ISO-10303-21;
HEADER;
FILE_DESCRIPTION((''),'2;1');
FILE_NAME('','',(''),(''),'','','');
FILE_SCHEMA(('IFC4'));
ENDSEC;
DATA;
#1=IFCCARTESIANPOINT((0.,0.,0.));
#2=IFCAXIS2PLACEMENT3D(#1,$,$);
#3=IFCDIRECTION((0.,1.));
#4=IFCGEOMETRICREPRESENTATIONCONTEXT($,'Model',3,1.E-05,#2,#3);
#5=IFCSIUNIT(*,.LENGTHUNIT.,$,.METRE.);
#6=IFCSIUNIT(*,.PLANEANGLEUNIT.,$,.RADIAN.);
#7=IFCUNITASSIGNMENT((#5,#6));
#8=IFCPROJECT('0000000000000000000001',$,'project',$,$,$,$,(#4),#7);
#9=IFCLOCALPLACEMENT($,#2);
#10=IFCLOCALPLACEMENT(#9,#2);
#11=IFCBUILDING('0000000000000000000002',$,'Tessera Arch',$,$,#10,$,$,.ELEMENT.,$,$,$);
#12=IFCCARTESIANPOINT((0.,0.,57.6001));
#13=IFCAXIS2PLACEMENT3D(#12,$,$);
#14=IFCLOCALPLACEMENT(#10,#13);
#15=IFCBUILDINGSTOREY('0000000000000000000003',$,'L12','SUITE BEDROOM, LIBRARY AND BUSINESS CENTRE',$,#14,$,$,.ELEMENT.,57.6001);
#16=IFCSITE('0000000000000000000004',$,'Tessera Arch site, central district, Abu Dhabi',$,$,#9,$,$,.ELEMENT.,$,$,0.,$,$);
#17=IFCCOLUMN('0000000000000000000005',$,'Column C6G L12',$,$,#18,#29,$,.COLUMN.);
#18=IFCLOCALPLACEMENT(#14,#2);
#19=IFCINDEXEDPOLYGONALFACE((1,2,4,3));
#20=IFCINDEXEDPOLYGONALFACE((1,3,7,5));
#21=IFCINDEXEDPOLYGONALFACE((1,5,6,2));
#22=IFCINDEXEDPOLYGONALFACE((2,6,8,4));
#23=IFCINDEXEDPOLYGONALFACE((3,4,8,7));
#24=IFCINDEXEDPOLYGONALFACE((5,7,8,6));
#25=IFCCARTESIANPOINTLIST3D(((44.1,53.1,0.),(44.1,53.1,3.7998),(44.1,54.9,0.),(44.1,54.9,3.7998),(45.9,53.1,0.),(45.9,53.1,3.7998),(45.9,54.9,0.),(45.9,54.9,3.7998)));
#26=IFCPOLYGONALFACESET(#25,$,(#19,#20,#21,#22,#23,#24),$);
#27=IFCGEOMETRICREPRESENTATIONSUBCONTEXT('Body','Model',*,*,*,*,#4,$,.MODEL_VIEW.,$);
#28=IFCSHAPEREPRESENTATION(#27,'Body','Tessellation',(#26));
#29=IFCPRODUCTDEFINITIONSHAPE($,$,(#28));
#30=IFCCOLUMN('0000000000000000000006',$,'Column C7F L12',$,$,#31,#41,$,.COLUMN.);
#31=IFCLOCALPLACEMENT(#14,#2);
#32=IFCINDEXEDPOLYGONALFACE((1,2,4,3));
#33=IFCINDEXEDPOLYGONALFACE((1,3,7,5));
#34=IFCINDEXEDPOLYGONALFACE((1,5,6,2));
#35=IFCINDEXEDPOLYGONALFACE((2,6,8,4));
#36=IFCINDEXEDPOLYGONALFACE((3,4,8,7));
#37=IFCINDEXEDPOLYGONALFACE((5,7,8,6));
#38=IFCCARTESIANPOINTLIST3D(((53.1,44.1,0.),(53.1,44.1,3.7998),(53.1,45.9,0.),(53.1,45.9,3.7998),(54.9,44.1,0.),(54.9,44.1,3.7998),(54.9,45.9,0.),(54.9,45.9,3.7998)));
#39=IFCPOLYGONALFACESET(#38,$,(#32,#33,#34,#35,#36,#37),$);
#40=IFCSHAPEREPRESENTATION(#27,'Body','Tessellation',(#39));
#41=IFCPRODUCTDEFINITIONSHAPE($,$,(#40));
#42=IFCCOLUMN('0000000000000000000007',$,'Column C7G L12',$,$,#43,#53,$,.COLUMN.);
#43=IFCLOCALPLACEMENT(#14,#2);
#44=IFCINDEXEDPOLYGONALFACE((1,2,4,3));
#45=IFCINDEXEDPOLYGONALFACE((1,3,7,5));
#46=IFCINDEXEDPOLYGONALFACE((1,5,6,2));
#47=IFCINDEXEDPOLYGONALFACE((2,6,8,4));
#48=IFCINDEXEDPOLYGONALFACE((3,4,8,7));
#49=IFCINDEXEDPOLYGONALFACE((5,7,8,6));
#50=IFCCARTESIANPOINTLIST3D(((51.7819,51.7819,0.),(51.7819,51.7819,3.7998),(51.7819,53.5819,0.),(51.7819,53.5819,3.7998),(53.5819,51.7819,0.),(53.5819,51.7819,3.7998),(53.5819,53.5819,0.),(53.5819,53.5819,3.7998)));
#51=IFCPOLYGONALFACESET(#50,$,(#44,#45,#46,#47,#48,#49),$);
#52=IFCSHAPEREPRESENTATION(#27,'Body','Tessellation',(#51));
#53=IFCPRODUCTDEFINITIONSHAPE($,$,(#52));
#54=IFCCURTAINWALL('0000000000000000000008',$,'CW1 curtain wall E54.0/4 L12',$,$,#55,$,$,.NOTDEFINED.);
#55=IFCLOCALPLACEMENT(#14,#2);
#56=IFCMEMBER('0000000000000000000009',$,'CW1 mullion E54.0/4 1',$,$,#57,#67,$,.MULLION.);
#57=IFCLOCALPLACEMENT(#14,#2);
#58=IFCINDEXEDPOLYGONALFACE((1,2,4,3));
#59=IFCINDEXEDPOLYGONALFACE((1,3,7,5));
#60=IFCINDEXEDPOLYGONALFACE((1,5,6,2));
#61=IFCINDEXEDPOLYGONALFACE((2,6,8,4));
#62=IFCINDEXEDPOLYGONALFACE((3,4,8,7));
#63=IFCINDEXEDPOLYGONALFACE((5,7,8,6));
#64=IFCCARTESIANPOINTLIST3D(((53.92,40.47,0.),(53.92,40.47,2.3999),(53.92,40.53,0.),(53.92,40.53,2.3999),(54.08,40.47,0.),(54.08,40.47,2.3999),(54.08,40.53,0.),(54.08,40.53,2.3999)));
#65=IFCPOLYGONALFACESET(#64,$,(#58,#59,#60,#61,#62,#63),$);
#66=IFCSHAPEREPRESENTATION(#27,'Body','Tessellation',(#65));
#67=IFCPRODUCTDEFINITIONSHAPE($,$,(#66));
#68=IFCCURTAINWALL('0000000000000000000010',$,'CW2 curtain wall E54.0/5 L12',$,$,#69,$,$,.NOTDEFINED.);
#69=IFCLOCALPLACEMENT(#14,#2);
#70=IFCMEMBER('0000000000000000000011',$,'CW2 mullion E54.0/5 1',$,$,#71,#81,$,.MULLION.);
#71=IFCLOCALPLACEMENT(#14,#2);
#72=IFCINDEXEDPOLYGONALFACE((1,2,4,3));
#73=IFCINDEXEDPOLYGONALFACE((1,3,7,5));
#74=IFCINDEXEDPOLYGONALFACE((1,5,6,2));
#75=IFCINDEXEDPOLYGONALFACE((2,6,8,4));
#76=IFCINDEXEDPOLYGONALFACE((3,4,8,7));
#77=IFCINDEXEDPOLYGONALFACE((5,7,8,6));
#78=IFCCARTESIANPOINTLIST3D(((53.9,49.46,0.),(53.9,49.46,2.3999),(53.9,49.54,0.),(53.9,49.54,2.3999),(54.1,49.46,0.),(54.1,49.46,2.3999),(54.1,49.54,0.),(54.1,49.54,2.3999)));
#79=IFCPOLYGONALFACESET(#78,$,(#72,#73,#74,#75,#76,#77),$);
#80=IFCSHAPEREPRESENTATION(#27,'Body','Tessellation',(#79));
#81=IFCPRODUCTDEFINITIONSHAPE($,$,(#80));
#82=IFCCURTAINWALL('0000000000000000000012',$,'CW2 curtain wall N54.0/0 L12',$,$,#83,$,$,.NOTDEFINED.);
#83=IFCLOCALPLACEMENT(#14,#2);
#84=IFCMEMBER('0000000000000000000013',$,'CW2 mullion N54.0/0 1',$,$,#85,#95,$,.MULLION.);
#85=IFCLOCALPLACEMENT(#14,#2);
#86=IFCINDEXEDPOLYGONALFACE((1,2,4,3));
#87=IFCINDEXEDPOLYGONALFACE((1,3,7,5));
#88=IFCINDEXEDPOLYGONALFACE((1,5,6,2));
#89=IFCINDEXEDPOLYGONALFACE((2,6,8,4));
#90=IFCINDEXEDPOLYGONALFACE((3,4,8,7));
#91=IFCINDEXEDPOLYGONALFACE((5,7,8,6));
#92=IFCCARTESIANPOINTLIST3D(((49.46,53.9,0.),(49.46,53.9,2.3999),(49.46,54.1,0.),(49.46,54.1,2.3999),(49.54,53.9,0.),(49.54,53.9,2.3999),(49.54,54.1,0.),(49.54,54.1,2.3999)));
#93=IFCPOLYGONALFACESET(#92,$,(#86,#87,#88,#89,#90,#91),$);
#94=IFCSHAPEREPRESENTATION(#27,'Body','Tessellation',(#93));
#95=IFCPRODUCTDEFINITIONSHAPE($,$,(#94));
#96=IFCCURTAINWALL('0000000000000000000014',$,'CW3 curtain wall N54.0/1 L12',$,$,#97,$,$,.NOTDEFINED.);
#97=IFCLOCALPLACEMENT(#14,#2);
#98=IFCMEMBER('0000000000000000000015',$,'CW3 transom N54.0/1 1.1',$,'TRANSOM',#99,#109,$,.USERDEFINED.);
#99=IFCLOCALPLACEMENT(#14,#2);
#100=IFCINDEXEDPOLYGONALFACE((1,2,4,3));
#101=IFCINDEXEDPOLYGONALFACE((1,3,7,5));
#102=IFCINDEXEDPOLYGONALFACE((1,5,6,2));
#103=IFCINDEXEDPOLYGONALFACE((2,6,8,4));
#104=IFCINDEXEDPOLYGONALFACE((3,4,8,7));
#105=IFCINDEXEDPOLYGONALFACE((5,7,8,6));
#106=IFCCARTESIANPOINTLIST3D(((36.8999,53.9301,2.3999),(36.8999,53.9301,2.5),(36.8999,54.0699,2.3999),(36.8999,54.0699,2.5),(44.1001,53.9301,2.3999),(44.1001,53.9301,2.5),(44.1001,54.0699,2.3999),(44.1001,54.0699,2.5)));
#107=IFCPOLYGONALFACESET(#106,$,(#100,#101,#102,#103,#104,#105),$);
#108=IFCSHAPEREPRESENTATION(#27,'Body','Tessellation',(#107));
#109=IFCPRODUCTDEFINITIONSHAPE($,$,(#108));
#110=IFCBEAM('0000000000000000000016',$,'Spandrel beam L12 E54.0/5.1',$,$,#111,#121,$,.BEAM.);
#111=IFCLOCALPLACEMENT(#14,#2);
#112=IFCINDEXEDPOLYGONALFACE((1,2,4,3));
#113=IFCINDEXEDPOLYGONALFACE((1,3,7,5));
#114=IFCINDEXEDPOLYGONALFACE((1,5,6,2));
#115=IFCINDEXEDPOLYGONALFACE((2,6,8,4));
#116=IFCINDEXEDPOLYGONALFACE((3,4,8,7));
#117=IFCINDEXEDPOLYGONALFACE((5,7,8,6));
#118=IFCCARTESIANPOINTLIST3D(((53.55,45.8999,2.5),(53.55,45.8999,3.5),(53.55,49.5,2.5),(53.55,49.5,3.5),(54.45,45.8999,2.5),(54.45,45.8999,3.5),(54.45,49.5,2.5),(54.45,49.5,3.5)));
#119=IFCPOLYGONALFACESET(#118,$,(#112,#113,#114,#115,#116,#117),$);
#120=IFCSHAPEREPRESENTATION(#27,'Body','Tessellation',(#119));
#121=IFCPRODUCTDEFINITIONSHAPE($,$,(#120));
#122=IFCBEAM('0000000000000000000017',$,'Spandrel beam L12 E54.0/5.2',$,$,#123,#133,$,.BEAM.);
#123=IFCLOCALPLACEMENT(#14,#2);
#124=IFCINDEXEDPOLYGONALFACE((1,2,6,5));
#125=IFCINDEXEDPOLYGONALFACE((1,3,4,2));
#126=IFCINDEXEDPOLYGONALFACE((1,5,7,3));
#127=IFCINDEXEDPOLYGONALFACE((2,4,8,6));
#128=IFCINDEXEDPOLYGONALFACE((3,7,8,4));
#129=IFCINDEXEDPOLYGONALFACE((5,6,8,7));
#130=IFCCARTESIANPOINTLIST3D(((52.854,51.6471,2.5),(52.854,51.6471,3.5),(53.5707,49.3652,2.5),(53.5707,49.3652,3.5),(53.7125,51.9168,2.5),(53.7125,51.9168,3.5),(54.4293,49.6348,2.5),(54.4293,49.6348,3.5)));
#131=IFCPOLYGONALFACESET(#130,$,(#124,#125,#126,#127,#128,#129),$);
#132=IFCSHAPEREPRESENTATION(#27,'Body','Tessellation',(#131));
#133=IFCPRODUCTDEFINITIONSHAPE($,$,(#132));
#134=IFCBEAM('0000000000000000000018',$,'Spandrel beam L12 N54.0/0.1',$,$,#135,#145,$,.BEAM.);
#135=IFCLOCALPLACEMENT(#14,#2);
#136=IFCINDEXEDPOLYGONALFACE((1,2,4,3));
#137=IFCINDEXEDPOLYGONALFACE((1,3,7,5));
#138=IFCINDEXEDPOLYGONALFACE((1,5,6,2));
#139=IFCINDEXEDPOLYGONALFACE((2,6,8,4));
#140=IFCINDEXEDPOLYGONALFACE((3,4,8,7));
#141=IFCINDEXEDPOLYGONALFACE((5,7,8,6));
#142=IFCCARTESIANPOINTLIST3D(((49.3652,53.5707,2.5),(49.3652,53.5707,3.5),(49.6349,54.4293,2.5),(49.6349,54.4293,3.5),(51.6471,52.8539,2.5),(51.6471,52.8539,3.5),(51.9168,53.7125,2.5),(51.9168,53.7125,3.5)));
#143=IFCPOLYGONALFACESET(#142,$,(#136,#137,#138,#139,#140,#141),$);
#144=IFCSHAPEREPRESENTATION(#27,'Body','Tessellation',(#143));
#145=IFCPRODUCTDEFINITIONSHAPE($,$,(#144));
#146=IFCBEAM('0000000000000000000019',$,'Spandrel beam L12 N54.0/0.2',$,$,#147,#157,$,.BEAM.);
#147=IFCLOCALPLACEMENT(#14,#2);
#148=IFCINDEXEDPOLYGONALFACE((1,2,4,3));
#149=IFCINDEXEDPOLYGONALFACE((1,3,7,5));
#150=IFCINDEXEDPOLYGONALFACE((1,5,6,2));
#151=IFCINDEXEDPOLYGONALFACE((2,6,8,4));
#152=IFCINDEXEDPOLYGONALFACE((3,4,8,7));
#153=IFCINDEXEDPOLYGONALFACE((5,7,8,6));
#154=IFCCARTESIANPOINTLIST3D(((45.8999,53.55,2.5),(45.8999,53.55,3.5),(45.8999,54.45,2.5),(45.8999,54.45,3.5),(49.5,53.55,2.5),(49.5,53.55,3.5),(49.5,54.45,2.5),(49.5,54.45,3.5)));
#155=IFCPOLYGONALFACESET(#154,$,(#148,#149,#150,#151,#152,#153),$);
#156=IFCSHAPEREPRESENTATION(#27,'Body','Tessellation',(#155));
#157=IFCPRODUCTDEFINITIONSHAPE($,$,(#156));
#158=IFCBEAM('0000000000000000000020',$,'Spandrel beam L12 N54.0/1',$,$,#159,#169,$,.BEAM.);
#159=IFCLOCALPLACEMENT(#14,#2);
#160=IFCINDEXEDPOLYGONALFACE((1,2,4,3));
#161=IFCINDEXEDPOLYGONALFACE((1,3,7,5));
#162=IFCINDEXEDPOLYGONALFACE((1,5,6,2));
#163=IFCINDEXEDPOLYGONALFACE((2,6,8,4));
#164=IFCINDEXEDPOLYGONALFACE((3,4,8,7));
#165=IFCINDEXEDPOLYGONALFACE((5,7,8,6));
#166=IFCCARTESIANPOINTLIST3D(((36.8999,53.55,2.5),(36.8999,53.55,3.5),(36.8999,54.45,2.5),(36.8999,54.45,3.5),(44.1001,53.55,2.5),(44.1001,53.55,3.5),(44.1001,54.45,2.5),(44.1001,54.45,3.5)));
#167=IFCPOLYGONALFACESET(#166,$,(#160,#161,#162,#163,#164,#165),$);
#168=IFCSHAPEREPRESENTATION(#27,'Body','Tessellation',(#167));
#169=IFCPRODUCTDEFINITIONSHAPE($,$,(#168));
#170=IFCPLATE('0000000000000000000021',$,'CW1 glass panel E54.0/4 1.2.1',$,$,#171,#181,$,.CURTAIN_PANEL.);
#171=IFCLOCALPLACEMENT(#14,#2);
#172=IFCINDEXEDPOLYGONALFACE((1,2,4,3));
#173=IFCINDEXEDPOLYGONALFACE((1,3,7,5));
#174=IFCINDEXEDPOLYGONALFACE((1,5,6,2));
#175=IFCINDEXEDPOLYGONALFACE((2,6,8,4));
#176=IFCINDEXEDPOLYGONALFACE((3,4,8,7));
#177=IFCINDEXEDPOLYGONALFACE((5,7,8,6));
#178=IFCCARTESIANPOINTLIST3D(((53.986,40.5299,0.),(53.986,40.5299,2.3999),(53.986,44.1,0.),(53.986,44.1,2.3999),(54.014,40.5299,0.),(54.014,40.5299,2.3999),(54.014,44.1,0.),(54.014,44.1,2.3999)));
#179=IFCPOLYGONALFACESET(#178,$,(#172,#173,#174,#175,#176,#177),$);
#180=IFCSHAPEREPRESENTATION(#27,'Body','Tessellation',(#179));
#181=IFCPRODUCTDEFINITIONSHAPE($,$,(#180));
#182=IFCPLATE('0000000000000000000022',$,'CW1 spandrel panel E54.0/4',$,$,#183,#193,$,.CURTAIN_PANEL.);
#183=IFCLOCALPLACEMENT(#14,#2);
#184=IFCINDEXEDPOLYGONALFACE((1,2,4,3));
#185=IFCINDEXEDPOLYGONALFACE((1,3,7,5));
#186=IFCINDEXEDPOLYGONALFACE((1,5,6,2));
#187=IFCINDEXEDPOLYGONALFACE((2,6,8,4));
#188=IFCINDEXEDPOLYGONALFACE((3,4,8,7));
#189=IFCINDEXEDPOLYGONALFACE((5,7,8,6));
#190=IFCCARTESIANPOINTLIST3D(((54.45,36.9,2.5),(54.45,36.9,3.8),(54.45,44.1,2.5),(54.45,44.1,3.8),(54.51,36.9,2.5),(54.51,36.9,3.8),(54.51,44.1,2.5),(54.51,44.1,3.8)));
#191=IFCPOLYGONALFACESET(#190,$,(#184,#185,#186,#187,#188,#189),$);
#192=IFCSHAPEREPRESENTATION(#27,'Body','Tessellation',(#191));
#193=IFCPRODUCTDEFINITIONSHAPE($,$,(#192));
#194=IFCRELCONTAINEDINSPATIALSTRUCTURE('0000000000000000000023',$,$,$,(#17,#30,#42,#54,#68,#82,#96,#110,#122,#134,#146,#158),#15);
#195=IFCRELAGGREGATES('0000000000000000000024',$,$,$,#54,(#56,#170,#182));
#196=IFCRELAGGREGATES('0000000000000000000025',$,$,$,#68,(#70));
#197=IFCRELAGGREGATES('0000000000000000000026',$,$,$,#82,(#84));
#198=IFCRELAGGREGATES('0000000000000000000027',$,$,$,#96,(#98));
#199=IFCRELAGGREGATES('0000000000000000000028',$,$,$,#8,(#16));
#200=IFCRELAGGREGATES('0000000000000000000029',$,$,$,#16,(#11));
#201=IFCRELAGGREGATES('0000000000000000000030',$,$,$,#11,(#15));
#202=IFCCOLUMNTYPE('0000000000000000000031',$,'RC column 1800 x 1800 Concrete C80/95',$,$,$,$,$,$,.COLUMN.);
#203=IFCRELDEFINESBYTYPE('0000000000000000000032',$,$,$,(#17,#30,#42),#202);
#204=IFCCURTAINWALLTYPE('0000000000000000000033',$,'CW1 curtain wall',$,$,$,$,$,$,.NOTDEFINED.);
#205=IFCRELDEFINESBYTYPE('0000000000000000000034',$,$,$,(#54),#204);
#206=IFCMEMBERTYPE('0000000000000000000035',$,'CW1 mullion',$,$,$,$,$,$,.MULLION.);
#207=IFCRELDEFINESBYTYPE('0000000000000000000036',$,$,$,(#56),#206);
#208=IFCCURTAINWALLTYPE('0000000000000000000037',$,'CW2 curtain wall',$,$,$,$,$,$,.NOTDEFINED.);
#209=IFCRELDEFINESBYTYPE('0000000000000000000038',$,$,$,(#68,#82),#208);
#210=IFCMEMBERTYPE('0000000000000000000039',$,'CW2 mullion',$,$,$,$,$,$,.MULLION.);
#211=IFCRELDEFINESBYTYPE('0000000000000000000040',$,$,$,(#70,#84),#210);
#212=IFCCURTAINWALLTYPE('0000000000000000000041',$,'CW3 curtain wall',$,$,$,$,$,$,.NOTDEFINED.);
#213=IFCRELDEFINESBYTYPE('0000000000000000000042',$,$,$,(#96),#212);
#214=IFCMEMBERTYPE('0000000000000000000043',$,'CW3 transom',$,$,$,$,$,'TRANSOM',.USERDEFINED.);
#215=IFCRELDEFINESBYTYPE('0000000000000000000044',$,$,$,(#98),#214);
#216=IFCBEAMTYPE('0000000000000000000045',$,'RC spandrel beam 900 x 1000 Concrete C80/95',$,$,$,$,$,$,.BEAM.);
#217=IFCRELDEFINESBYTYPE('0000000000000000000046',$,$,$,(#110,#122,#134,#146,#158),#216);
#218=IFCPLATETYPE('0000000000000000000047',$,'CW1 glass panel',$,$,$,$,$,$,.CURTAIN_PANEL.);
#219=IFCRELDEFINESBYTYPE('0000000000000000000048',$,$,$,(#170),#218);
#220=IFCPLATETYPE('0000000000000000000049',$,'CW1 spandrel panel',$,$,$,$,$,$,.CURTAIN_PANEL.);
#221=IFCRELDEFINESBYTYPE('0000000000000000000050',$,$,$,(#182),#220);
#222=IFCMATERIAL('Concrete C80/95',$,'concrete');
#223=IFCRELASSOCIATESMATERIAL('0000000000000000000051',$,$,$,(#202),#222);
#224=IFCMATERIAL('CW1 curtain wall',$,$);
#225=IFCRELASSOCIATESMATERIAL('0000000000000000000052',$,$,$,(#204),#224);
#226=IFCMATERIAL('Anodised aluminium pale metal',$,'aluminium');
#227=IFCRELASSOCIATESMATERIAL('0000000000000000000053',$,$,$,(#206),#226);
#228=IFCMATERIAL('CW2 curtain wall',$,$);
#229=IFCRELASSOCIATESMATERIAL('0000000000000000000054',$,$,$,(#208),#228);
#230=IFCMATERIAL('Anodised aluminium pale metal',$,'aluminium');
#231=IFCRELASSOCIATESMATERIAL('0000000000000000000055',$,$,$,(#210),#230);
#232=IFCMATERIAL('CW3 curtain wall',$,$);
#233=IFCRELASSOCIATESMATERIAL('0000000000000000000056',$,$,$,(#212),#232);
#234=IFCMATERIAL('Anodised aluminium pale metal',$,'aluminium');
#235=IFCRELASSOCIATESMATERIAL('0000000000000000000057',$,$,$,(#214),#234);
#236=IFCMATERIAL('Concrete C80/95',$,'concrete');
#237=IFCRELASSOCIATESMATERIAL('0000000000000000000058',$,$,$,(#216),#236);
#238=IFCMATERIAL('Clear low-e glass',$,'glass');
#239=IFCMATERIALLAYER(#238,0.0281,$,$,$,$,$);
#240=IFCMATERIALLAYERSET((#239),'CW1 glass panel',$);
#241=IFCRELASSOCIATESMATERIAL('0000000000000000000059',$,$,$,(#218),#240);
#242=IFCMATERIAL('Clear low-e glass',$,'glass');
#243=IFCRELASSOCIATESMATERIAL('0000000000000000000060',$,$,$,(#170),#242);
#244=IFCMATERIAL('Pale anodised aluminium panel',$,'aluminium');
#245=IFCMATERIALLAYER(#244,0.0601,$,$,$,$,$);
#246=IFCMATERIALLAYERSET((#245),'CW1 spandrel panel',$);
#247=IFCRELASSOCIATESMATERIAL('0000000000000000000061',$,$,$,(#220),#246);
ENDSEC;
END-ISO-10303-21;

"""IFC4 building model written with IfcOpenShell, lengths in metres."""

from ifc_helpers import new_model, si_unit, direction, frame, origin, origin_2d, place, context, subcontext, project, spatial, rectangle, extrude, material, layer, layer_set, material_profile, profile_set, type_object, element, aggregate, save


model = new_model("IFC4")

# Units and contexts
model_context = context("Model", 3, precision=1e-05, world=origin(), true_north=direction((0.0, 1.0)))
body_context = subcontext(model_context, "Body", "Model", "MODEL_VIEW")
ifc_project = project(units=[si_unit("LENGTHUNIT", "METRE"), si_unit("PLANEANGLEUNIT", "RADIAN")], contexts=[model_context])

# Site, building, storey
site_placement = place(None, origin())
site = spatial("IfcSite", under=ifc_project, at=site_placement, Name="Tessera Arch site, central district, Abu Dhabi", CompositionType="ELEMENT", RefElevation=0.0)
building_placement = place(site_placement, origin())
building = spatial("IfcBuilding", under=site, at=building_placement, Name="Tessera Arch", CompositionType="ELEMENT")
storey_placement = place(building_placement, frame((0.0, 0.0, 57.6001)))
storey = spatial("IfcBuildingStorey", under=building, at=storey_placement, Name="L12", Description="SUITE BEDROOM, LIBRARY AND BUSINESS CENTRE", CompositionType="ELEMENT", Elevation=57.6001)

# Columns
ifc_material_1 = material(Name="Concrete C80/95", Category="concrete")
ifc_material_profile_1 = material_profile(ifc_material_1, rectangle(XDim=1.8, YDim=1.8, at=origin_2d()), Name="RC column 1800 x 1800 Concrete C80/95")
ifc_profile_set_1 = profile_set([ifc_material_profile_1], Name="Concrete C80/95")
column_type = type_object("IfcColumnType", Name="RC column 1800 x 1800 Concrete C80/95", PredefinedType="COLUMN", material=ifc_profile_set_1)
for number, where, z_axis, x_axis, name in (
    (1, (45.0, 54.0, 0.0), (0.0, 0.0, 1.0), (1.0, 0.0, 0.0), "Column C6G L12"),
    (2, (54.0, 45.0, 0.0), (0.0, 0.0, 1.0), (1.0, 0.0, 0.0), "Column C7F L12"),
    (3, (52.6819, 52.6819, 0.0), (0.0, 0.0, 1.0), (1.0, 0.0, 0.0), "Column C7G L12"),
):
    element("IfcColumn", number, at=place(storey_placement, frame(where, z_axis=z_axis, x_axis=x_axis)), inside=storey, type_object=column_type, Name=name, PredefinedType="COLUMN", context=body_context, shape_type="SweptSolid", body=[
        extrude(rectangle(XDim=1.8, YDim=1.8, at=origin_2d()), origin(), (0.0, 0.0, 1.0), 3.7998),
    ])

# Curtain walls, members
ifc_material_2 = material(Name="CW1 curtain wall")
curtain_wall_type_1 = type_object("IfcCurtainWallType", Name="CW1 curtain wall", PredefinedType="NOTDEFINED", material=ifc_material_2)
curtain_wall_1_placement = place(storey_placement, origin())
curtain_wall_1 = element("IfcCurtainWall", 4, at=curtain_wall_1_placement, inside=storey, type_object=curtain_wall_type_1, Name="CW1 curtain wall E54.0/4 L12", PredefinedType="NOTDEFINED")
ifc_material_3 = material(Name="Anodised aluminium pale metal", Category="aluminium")
ifc_material_profile_2 = material_profile(ifc_material_3, rectangle(XDim=0.1599, YDim=0.0601, at=origin_2d()), Name="AL 60x160")
ifc_profile_set_2 = profile_set([ifc_material_profile_2], Name="Anodised aluminium pale metal")
member_type_1 = type_object("IfcMemberType", Name="CW1 mullion", PredefinedType="MULLION", material=ifc_profile_set_2)
member_1_placement = place(storey_placement, frame((54.0, 40.5, 0.0), z_axis=(0.0, 0.0, 1.0), x_axis=(-1.0, 0.0, 0.0)))
member_1 = element("IfcMember", 5, at=member_1_placement, type_object=member_type_1, Name="CW1 mullion E54.0/4 1", PredefinedType="MULLION", context=body_context, shape_type="SweptSolid", body=[
    extrude(rectangle(XDim=0.1599, YDim=0.0601, at=origin_2d()), origin(), (0.0, 0.0, 1.0), 2.3999),
])
ifc_material_4 = material(Name="CW2 curtain wall")
curtain_wall_type_2 = type_object("IfcCurtainWallType", Name="CW2 curtain wall", PredefinedType="NOTDEFINED", material=ifc_material_4)
curtain_wall_2_placement = place(storey_placement, origin())
curtain_wall_2 = element("IfcCurtainWall", 6, at=curtain_wall_2_placement, inside=storey, type_object=curtain_wall_type_2, Name="CW2 curtain wall E54.0/5 L12", PredefinedType="NOTDEFINED")
ifc_material_5 = material(Name="Anodised aluminium pale metal", Category="aluminium")
ifc_material_profile_3 = material_profile(ifc_material_5, rectangle(XDim=0.2, YDim=0.0801, at=origin_2d()), Name="AL 80x200")
ifc_profile_set_3 = profile_set([ifc_material_profile_3], Name="Anodised aluminium pale metal")
member_type_2 = type_object("IfcMemberType", Name="CW2 mullion", PredefinedType="MULLION", material=ifc_profile_set_3)
member_2_placement = place(storey_placement, frame((54.0, 49.5, 0.0), z_axis=(0.0, 0.0, 1.0), x_axis=(-1.0, 0.0, 0.0)))
member_2 = element("IfcMember", 7, at=member_2_placement, type_object=member_type_2, Name="CW2 mullion E54.0/5 1", PredefinedType="MULLION", context=body_context, shape_type="SweptSolid", body=[
    extrude(rectangle(XDim=0.2, YDim=0.0801, at=origin_2d()), origin(), (0.0, 0.0, 1.0), 2.3999),
])
curtain_wall_3_placement = place(storey_placement, origin())
curtain_wall_3 = element("IfcCurtainWall", 8, at=curtain_wall_3_placement, inside=storey, type_object=curtain_wall_type_2, Name="CW2 curtain wall N54.0/0 L12", PredefinedType="NOTDEFINED")
member_3_placement = place(storey_placement, frame((49.5, 54.0, 0.0), z_axis=(0.0, 0.0, 1.0), x_axis=(0.0, -1.0, 0.0)))
member_3 = element("IfcMember", 9, at=member_3_placement, type_object=member_type_2, Name="CW2 mullion N54.0/0 1", PredefinedType="MULLION", context=body_context, shape_type="SweptSolid", body=[
    extrude(rectangle(XDim=0.2, YDim=0.0801, at=origin_2d()), origin(), (0.0, 0.0, 1.0), 2.3999),
])
ifc_material_6 = material(Name="CW3 curtain wall")
curtain_wall_type_3 = type_object("IfcCurtainWallType", Name="CW3 curtain wall", PredefinedType="NOTDEFINED", material=ifc_material_6)
curtain_wall_4_placement = place(storey_placement, origin())
curtain_wall_4 = element("IfcCurtainWall", 10, at=curtain_wall_4_placement, inside=storey, type_object=curtain_wall_type_3, Name="CW3 curtain wall N54.0/1 L12", PredefinedType="NOTDEFINED")
ifc_material_7 = material(Name="Anodised aluminium pale metal", Category="aluminium")
ifc_material_profile_4 = material_profile(ifc_material_7, rectangle(XDim=0.1399, YDim=0.1001, at=origin_2d()), Name="AL 140x100")
ifc_profile_set_4 = profile_set([ifc_material_profile_4], Name="Anodised aluminium pale metal")
member_type_3 = type_object("IfcMemberType", Name="CW3 transom", ElementType="TRANSOM", PredefinedType="USERDEFINED", material=ifc_profile_set_4)
member_4_placement = place(storey_placement, frame((44.1001, 54.0, 2.45), z_axis=(-1.0, 0.0, 0.0), x_axis=(0.0, -1.0, 0.0)))
member_4 = element("IfcMember", 11, at=member_4_placement, type_object=member_type_3, Name="CW3 transom N54.0/1 1.1", ObjectType="TRANSOM", PredefinedType="USERDEFINED", context=body_context, shape_type="SweptSolid", body=[
    extrude(rectangle(XDim=0.1399, YDim=0.1001, at=origin_2d()), origin(), (0.0, 0.0, 1.0), 7.2002),
])

# Beams
ifc_material_8 = material(Name="Concrete C80/95", Category="concrete")
ifc_material_profile_5 = material_profile(ifc_material_8, rectangle(XDim=0.8999, YDim=1.0, at=origin_2d()), Name="RC spandrel beam 900 x 1000 Concrete C80/95")
ifc_profile_set_5 = profile_set([ifc_material_profile_5], Name="Concrete C80/95")
beam_type = type_object("IfcBeamType", Name="RC spandrel beam 900 x 1000 Concrete C80/95", PredefinedType="BEAM", material=ifc_profile_set_5)
beam_1_placement = place(storey_placement, frame((54.0, 45.8999, 3.0), z_axis=(0.0, 1.0, 0.0), x_axis=(-1.0, 0.0, 0.0)))
element("IfcBeam", 12, at=beam_1_placement, inside=storey, type_object=beam_type, Name="Spandrel beam L12 E54.0/5.1", PredefinedType="BEAM", context=body_context, shape_type="SweptSolid", body=[
    extrude(rectangle(XDim=0.8999, YDim=1.0, at=origin_2d()), origin(), (0.0, 0.0, 1.0), 3.6001),
])
for number, where, z_axis, x_axis, name in (
    (13, (54.0, 49.5, 3.0), (-0.299675, 0.954041, 0.0), (-0.954041, -0.299675, 0.0), "Spandrel beam L12 E54.0/5.2"),
    (14, (51.782, 53.2832, 3.0), (-0.954041, 0.299675, 0.0), (-0.299675, -0.954041, 0.0), "Spandrel beam L12 N54.0/0.1"),
):
    element("IfcBeam", number, at=place(storey_placement, frame(where, z_axis=z_axis, x_axis=x_axis)), inside=storey, type_object=beam_type, Name=name, PredefinedType="BEAM", context=body_context, shape_type="SweptSolid", body=[
        extrude(rectangle(XDim=0.8999, YDim=1.0, at=origin_2d()), origin(), (0.0, 0.0, 1.0), 2.3918),
    ])
beam_2_placement = place(storey_placement, frame((49.5, 54.0, 3.0), z_axis=(-1.0, 0.0, 0.0), x_axis=(0.0, -1.0, 0.0)))
element("IfcBeam", 15, at=beam_2_placement, inside=storey, type_object=beam_type, Name="Spandrel beam L12 N54.0/0.2", PredefinedType="BEAM", context=body_context, shape_type="SweptSolid", body=[
    extrude(rectangle(XDim=0.8999, YDim=1.0, at=origin_2d()), origin(), (0.0, 0.0, 1.0), 3.6001),
])
beam_3_placement = place(storey_placement, frame((44.1001, 54.0, 3.0), z_axis=(-1.0, 0.0, 0.0), x_axis=(0.0, -1.0, 0.0)))
element("IfcBeam", 16, at=beam_3_placement, inside=storey, type_object=beam_type, Name="Spandrel beam L12 N54.0/1", PredefinedType="BEAM", context=body_context, shape_type="SweptSolid", body=[
    extrude(rectangle(XDim=0.8999, YDim=1.0, at=origin_2d()), origin(), (0.0, 0.0, 1.0), 7.2002),
])

# Plates
ifc_material_9 = material(Name="Clear low-e glass", Category="glass")
ifc_material_10 = material(Name="Clear low-e glass", Category="glass")
ifc_layer_1 = layer(ifc_material_10, 0.0281)
ifc_layer_set_1 = layer_set([ifc_layer_1], Name="CW1 glass panel")
plate_type_1 = type_object("IfcPlateType", Name="CW1 glass panel", PredefinedType="CURTAIN_PANEL", material=ifc_layer_set_1)
plate_1_placement = place(storey_placement, frame((54.0, 42.3149, 0.0), z_axis=(0.0, 0.0, 1.0), x_axis=(0.0, 1.0, 0.0)))
plate_1 = element("IfcPlate", 17, at=plate_1_placement, type_object=plate_type_1, material=ifc_material_9, Name="CW1 glass panel E54.0/4 1.2.1", PredefinedType="CURTAIN_PANEL", context=body_context, shape_type="SweptSolid", body=[
    extrude(rectangle(XDim=3.5701, YDim=0.0281, at=origin_2d()), origin(), (0.0, 0.0, 1.0), 2.3999),
])
ifc_material_11 = material(Name="Pale anodised aluminium panel", Category="aluminium")
ifc_layer_2 = layer(ifc_material_11, 0.0601)
ifc_layer_set_2 = layer_set([ifc_layer_2], Name="CW1 spandrel panel")
plate_type_2 = type_object("IfcPlateType", Name="CW1 spandrel panel", PredefinedType="CURTAIN_PANEL", material=ifc_layer_set_2)
plate_2_placement = place(storey_placement, frame((54.48, 40.5, 2.5), z_axis=(0.0, 0.0, 1.0), x_axis=(0.0, 1.0, 0.0)))
plate_2 = element("IfcPlate", 18, at=plate_2_placement, type_object=plate_type_2, Name="CW1 spandrel panel E54.0/4", PredefinedType="CURTAIN_PANEL", context=body_context, shape_type="SweptSolid", body=[
    extrude(rectangle(XDim=7.2, YDim=0.0601, at=origin_2d()), origin(), (0.0, 0.0, 1.0), 1.3),
])
aggregate(curtain_wall_1, [member_1, plate_1, plate_2])
aggregate(curtain_wall_2, [member_2])
aggregate(curtain_wall_3, [member_3])
aggregate(curtain_wall_4, [member_4])

save(model, "model.ifc")
